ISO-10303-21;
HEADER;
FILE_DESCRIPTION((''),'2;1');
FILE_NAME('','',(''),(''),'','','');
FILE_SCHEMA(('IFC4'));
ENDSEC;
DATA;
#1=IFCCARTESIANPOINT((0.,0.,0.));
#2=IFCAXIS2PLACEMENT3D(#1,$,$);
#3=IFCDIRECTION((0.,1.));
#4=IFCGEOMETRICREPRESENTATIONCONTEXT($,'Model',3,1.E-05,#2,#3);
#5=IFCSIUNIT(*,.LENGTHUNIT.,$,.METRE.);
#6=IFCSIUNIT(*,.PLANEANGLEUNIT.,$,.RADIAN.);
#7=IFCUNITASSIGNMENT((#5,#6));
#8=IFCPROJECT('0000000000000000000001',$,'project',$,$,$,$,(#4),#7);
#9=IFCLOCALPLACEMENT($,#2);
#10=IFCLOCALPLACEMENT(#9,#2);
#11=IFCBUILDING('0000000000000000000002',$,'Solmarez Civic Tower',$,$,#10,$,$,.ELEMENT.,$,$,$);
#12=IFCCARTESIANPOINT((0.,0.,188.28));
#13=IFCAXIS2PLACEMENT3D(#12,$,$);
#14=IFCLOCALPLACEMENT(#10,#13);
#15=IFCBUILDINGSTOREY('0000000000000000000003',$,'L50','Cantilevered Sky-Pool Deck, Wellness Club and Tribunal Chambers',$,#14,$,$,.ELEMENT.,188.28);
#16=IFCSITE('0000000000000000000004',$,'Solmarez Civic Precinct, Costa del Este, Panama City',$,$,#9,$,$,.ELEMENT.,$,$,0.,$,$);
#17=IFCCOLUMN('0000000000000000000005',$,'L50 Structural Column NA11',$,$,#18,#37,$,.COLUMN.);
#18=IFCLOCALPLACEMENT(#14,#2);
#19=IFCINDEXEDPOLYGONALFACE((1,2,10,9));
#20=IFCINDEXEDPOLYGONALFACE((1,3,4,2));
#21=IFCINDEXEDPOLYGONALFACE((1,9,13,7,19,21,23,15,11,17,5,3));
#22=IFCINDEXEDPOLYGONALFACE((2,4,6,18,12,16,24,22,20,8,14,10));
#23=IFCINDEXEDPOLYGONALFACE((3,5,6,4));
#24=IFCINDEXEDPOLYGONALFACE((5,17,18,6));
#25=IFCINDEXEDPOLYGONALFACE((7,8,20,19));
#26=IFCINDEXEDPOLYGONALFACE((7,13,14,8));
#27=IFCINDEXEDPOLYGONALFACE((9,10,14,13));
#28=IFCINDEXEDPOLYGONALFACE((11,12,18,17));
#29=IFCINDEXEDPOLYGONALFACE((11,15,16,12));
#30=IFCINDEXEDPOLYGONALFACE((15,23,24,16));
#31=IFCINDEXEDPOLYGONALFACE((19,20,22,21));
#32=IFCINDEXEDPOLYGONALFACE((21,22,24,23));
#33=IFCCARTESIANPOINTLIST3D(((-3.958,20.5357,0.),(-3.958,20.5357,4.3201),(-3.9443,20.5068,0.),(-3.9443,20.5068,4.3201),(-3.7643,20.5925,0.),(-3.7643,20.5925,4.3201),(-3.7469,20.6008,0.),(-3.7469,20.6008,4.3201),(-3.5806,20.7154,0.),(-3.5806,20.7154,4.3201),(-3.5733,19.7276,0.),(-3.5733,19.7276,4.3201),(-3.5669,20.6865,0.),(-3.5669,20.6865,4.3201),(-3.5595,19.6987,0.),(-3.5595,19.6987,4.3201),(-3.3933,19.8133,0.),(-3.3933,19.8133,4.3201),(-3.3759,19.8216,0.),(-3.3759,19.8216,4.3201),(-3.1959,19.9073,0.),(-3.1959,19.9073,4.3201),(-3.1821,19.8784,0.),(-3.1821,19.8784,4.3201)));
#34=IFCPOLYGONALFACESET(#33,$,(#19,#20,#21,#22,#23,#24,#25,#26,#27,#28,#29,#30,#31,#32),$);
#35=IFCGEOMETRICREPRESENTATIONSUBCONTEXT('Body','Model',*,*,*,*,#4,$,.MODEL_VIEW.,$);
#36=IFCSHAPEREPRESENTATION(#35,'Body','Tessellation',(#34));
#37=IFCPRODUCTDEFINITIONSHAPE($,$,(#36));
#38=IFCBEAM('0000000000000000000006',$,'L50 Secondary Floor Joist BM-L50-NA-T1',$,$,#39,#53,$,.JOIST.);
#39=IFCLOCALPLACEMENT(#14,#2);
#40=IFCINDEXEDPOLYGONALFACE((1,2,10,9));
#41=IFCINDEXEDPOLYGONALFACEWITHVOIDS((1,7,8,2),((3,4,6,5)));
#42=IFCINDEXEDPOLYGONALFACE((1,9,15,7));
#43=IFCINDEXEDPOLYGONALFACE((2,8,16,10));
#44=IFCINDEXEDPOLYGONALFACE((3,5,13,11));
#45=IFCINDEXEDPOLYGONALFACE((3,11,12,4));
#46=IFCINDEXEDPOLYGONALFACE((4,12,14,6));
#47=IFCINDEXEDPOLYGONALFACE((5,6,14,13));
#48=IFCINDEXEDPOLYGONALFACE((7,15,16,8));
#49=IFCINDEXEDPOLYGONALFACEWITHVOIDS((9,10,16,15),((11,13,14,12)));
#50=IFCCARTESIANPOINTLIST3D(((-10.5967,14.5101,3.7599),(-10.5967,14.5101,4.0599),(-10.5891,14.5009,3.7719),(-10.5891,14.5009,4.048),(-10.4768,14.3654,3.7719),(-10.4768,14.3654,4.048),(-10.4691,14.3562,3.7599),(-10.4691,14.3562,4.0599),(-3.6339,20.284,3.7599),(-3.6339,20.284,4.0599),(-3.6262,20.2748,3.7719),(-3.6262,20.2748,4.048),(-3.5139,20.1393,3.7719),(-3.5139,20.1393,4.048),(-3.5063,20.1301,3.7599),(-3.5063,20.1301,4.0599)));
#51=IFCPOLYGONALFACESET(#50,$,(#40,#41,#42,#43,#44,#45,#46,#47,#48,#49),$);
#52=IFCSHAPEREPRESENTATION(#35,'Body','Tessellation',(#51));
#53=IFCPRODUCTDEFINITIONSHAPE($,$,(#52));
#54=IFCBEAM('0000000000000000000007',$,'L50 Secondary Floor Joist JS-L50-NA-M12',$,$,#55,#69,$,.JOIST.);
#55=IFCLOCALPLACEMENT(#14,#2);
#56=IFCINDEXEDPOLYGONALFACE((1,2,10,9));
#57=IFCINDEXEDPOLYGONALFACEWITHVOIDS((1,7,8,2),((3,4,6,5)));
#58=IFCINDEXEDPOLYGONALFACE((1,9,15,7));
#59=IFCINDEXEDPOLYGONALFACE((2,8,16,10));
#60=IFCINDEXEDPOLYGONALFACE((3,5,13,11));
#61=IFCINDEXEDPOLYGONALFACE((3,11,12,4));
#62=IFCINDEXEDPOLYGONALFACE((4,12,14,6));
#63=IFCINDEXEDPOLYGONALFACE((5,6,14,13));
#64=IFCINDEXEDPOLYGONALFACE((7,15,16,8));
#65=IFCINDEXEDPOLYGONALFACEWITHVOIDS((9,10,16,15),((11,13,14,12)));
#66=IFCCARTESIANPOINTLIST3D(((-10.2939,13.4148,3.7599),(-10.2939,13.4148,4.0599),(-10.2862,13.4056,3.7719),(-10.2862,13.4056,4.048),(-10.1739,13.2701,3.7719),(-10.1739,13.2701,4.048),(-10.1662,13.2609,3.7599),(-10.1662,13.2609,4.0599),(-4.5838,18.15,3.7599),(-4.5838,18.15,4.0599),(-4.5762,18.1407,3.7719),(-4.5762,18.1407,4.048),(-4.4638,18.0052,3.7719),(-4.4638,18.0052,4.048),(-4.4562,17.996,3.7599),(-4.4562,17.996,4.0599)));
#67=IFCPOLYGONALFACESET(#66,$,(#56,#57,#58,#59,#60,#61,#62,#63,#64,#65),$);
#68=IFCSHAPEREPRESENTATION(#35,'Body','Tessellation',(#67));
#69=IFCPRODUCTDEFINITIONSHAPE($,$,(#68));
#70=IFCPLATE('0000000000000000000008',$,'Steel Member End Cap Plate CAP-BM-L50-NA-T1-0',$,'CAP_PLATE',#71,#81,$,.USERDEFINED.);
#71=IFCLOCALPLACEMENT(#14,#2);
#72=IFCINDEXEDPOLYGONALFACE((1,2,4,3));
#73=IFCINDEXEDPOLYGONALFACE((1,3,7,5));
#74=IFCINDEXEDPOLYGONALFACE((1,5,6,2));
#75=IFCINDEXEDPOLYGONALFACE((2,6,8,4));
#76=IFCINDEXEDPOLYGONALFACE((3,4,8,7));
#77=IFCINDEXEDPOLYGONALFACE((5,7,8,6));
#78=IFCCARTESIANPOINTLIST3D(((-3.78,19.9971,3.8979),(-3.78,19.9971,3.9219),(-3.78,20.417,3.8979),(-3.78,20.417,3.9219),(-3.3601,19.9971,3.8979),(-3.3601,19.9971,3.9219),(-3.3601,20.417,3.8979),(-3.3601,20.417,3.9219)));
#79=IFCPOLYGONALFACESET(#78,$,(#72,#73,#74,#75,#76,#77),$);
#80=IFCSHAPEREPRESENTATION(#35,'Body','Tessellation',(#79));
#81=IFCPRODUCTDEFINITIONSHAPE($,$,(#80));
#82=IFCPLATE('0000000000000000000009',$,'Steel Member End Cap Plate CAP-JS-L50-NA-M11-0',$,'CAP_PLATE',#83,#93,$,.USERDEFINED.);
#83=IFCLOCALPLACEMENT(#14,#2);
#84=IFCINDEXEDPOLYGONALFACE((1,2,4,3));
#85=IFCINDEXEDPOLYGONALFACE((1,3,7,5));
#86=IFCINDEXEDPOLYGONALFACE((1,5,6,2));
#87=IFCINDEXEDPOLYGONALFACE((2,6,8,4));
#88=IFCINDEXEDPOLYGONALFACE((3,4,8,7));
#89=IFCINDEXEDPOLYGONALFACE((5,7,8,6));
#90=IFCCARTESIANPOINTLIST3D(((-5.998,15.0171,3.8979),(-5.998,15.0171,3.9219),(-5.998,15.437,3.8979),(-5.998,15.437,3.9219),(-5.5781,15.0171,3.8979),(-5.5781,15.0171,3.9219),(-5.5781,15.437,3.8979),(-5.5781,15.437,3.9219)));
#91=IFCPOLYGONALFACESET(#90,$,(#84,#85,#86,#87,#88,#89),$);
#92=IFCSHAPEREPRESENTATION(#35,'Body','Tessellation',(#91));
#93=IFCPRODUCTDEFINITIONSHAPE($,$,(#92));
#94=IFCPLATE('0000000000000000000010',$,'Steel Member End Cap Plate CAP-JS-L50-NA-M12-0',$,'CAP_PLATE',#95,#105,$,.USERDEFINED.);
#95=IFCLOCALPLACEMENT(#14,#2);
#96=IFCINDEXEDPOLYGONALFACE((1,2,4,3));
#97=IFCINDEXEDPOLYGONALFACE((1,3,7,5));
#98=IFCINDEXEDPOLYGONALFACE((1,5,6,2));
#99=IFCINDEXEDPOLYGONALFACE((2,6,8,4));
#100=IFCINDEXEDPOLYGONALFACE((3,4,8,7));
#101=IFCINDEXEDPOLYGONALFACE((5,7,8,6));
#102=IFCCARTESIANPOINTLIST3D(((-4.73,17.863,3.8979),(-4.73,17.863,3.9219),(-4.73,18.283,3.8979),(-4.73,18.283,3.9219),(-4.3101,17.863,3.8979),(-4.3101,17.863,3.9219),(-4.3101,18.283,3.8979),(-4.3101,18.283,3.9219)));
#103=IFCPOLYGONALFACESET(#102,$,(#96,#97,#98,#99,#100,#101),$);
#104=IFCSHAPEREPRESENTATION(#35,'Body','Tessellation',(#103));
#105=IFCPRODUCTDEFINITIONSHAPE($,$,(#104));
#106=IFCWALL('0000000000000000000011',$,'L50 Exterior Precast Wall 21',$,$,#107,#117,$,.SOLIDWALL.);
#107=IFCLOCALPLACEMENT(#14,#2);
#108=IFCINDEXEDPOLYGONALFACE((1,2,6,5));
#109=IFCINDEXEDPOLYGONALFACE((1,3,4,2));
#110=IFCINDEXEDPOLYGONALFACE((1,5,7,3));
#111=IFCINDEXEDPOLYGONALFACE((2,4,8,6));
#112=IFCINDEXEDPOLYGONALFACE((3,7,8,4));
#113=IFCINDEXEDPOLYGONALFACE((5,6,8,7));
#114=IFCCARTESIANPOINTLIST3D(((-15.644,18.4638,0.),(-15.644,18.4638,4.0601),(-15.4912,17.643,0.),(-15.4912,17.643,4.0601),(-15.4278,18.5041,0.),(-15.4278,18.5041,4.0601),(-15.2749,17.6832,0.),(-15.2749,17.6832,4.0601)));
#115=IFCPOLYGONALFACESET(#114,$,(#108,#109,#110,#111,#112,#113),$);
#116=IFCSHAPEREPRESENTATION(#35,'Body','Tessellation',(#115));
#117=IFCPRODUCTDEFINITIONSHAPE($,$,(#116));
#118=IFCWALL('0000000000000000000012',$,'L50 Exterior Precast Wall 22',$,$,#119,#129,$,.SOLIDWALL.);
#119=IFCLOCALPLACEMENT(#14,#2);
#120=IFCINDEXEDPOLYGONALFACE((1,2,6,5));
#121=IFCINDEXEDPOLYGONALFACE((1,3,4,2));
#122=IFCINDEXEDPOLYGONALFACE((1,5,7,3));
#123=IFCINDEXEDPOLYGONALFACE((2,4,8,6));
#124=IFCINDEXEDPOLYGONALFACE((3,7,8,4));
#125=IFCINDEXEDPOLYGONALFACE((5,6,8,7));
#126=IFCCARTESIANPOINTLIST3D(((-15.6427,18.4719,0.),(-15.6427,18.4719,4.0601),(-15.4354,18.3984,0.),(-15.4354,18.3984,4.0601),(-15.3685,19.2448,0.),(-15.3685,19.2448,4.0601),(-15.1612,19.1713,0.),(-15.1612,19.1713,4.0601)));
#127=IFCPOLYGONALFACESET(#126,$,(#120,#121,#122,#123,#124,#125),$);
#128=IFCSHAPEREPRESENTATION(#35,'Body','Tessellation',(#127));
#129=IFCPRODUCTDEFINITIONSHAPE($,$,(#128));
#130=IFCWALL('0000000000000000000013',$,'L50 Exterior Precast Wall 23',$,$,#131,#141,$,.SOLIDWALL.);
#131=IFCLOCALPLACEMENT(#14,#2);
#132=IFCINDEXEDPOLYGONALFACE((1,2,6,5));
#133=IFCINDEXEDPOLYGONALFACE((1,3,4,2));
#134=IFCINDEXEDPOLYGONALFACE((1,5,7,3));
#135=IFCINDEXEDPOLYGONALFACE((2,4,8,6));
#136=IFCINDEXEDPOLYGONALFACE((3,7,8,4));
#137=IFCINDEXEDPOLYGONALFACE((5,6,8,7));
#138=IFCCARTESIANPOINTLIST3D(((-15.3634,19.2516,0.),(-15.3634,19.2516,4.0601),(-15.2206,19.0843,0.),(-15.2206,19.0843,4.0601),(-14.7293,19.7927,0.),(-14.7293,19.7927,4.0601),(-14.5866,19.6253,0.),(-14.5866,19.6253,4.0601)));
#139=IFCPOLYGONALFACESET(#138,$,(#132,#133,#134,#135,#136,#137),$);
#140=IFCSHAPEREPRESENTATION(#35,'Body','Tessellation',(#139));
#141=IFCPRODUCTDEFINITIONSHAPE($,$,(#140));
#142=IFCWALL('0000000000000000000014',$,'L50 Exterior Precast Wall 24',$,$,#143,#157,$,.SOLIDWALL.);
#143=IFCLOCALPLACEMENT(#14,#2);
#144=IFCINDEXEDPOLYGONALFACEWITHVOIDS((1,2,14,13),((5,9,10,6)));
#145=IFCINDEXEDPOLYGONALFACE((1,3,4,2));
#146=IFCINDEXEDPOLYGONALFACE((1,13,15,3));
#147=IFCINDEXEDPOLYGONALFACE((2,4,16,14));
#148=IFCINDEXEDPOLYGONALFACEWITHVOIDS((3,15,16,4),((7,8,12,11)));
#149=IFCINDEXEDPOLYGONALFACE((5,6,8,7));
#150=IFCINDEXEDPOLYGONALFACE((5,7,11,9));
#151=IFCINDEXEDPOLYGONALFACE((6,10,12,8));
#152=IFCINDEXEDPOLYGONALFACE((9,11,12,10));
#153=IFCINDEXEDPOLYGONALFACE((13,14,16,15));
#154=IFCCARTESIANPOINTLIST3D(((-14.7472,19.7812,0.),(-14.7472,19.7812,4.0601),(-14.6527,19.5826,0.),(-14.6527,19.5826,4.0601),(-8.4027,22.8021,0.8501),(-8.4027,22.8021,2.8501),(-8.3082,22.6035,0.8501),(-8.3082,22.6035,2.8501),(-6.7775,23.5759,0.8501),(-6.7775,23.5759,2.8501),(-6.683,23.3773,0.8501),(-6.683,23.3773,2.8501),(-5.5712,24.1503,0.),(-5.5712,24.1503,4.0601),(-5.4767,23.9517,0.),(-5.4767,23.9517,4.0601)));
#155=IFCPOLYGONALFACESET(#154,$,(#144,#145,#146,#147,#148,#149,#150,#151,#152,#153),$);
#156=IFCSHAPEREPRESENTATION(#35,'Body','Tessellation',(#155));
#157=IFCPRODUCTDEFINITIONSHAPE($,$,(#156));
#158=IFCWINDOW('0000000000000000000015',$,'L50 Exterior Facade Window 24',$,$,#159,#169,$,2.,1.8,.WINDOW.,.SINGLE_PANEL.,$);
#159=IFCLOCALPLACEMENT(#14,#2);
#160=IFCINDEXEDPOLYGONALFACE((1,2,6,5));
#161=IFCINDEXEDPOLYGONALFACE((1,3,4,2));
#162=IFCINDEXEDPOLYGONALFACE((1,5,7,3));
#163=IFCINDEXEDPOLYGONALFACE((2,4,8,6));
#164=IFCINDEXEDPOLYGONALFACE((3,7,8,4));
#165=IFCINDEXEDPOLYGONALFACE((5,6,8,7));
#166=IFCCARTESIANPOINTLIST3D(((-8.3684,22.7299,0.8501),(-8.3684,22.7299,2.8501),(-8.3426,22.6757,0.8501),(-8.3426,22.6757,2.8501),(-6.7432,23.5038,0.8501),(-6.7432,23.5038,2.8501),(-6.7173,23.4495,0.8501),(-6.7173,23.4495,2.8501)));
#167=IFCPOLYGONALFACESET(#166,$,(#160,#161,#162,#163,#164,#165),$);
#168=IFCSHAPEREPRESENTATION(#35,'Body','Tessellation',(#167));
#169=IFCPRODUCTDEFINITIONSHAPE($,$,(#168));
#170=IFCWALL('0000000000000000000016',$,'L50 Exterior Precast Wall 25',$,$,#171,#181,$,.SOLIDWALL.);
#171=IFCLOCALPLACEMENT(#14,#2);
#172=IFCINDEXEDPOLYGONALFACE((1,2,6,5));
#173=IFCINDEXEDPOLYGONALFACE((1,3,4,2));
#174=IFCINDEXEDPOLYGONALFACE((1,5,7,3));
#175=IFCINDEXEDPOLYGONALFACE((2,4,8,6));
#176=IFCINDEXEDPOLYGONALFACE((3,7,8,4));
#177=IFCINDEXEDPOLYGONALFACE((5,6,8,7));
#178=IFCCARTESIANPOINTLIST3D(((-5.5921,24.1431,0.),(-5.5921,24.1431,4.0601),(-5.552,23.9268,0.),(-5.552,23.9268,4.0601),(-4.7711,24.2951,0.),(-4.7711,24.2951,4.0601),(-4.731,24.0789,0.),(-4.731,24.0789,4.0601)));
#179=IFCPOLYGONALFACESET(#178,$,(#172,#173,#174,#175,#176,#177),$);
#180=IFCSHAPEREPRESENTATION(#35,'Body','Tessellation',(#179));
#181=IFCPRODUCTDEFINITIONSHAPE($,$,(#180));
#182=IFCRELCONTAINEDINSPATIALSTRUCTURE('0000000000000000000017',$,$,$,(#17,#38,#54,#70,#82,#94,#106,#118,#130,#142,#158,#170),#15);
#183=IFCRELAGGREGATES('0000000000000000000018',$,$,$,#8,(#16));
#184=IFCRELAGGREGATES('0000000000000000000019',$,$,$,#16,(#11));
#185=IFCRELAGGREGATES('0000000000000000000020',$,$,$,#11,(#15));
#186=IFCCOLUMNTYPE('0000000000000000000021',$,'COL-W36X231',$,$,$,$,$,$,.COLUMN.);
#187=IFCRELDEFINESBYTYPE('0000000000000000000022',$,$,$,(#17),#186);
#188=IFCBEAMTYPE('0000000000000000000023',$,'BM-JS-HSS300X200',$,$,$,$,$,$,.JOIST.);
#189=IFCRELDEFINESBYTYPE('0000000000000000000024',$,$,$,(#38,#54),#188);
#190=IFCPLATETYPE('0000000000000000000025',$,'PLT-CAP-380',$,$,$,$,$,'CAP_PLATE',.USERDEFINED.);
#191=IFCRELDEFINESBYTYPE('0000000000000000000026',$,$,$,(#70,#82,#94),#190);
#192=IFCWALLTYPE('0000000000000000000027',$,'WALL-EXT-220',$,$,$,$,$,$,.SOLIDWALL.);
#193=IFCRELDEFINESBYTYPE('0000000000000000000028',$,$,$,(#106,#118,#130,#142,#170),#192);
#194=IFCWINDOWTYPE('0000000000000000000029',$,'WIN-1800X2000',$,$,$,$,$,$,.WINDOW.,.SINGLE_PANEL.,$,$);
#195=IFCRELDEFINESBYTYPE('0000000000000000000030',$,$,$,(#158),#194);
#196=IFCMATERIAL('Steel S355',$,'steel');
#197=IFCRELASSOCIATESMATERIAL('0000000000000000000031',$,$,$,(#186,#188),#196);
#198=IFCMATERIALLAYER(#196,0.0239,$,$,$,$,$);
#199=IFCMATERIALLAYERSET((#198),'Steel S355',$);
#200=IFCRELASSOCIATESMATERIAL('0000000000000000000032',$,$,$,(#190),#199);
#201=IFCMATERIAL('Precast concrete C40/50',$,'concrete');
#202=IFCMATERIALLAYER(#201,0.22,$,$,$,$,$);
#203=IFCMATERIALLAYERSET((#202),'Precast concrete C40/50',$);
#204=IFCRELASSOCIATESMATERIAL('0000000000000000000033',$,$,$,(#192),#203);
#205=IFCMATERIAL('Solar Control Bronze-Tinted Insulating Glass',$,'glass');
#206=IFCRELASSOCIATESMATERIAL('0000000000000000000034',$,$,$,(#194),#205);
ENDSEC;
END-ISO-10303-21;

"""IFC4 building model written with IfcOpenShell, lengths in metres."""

from ifc_helpers import new_model, si_unit, direction, frame, frame_2d, origin, origin_2d, place, context, subcontext, project, spatial, rectangle, hollow_rectangle, i_section, extrude, material, layer, layer_set, material_profile, profile_set, type_object, element, fill, save


model = new_model("IFC4")

# Units and contexts
model_context = context("Model", 3, precision=1e-05, world=origin(), true_north=direction((0.0, 1.0)))
body_context = subcontext(model_context, "Body", "Model", "MODEL_VIEW")
ifc_project = project(units=[si_unit("LENGTHUNIT", "METRE"), si_unit("PLANEANGLEUNIT", "RADIAN")], contexts=[model_context])

# Site, building, storey
site_placement = place(None, origin())
site = spatial("IfcSite", under=ifc_project, at=site_placement, Name="Solmarez Civic Precinct, Costa del Este, Panama City", CompositionType="ELEMENT", RefElevation=0.0)
building_placement = place(site_placement, origin())
building = spatial("IfcBuilding", under=site, at=building_placement, Name="Solmarez Civic Tower", CompositionType="ELEMENT")
storey_placement = place(building_placement, frame((0.0, 0.0, 188.28)))
storey = spatial("IfcBuildingStorey", under=building, at=storey_placement, Name="L50", Description="Cantilevered Sky-Pool Deck, Wellness Club and Tribunal Chambers", CompositionType="ELEMENT", Elevation=188.28)

# Column
ifc_material_1 = material(Name="Steel S355", Category="steel")
ifc_material_profile_1 = material_profile(ifc_material_1, i_section(OverallWidth=0.418, OverallDepth=0.927, WebThickness=0.0193, FlangeThickness=0.032, at=origin_2d()), Name="W36X231")
ifc_profile_set_1 = profile_set([ifc_material_profile_1], Name="Steel S355")
column_type = type_object("IfcColumnType", Name="COL-W36X231", PredefinedType="COLUMN", material=ifc_profile_set_1)
column_placement = place(storey_placement, frame((-3.5701, 20.207, 0.0), z_axis=(0.0, 0.0, 1.0), x_axis=(0.902886, 0.429881, 0.0)))
element("IfcColumn", 1, at=column_placement, inside=storey, type_object=column_type, Name="L50 Structural Column NA11", PredefinedType="COLUMN", context=body_context, shape_type="SweptSolid", body=[
    extrude(i_section(OverallWidth=0.418, OverallDepth=0.927, WebThickness=0.0193, FlangeThickness=0.032, at=origin_2d()), origin(), (0.0, 0.0, 1.0), 4.3201),
])

# Beams
ifc_material_profile_2 = material_profile(ifc_material_1, hollow_rectangle(XDim=0.2, YDim=0.3, WallThickness=0.012, at=origin_2d()), Name="HSS300X200X12")
ifc_profile_set_2 = profile_set([ifc_material_profile_2], Name="Steel S355")
beam_type = type_object("IfcBeamType", Name="BM-JS-HSS300X200", PredefinedType="JOIST", material=ifc_profile_set_2)
beam_1_placement = place(storey_placement, frame((-3.5701, 20.207, 3.9099), z_axis=(-0.769768, -0.638324, 0.0), x_axis=(0.638324, -0.769768, 0.0)))
element("IfcBeam", 2, at=beam_1_placement, inside=storey, type_object=beam_type, Name="L50 Secondary Floor Joist BM-L50-NA-T1", PredefinedType="JOIST", context=body_context, shape_type="SweptSolid", body=[
    extrude(hollow_rectangle(XDim=0.2, YDim=0.3, WallThickness=0.012, at=origin_2d()), origin(), (0.0, 0.0, 1.0), 9.0454),
])
beam_2_placement = place(storey_placement, frame((-4.52, 18.073, 3.9099), z_axis=(-0.769757, -0.638337, 0.0), x_axis=(0.638337, -0.769757, 0.0)))
element("IfcBeam", 3, at=beam_2_placement, inside=storey, type_object=beam_type, Name="L50 Secondary Floor Joist JS-L50-NA-M12", PredefinedType="JOIST", context=body_context, shape_type="SweptSolid", body=[
    extrude(hollow_rectangle(XDim=0.2, YDim=0.3, WallThickness=0.012, at=origin_2d()), origin(), (0.0, 0.0, 1.0), 7.418),
])

# Plates
ifc_layer_1 = layer(ifc_material_1, 0.0239)
ifc_layer_set_1 = layer_set([ifc_layer_1], Name="Steel S355")
plate_type = type_object("IfcPlateType", Name="PLT-CAP-380", ElementType="CAP_PLATE", PredefinedType="USERDEFINED", material=ifc_layer_set_1)
for number, where, z_axis, x_axis, name in (
    (4, (-3.5701, 20.207, 3.8979), (0.0, 0.0, 1.0), (1.0, 0.0, 0.0), "Steel Member End Cap Plate CAP-BM-L50-NA-T1-0"),
    (5, (-5.7881, 15.2271, 3.8979), (0.0, 0.0, 1.0), (1.0, 0.0, 0.0), "Steel Member End Cap Plate CAP-JS-L50-NA-M11-0"),
    (6, (-4.52, 18.073, 3.8979), (0.0, 0.0, 1.0), (1.0, 0.0, 0.0), "Steel Member End Cap Plate CAP-JS-L50-NA-M12-0"),
):
    element("IfcPlate", number, at=place(storey_placement, frame(where, z_axis=z_axis, x_axis=x_axis)), inside=storey, type_object=plate_type, Name=name, ObjectType="CAP_PLATE", PredefinedType="USERDEFINED", context=body_context, shape_type="SweptSolid", body=[
        extrude(rectangle(XDim=0.4199, YDim=0.4199, at=origin_2d()), origin(), (0.0, 0.0, 1.0), 0.0239),
    ])

# Walls
ifc_material_2 = material(Name="Precast concrete C40/50", Category="concrete")
ifc_layer_2 = layer(ifc_material_2, 0.22)
ifc_layer_set_2 = layer_set([ifc_layer_2], Name="Precast concrete C40/50")
wall_type_1 = type_object("IfcWallType", Name="WALL-EXT-220", PredefinedType="SOLIDWALL", material=ifc_layer_set_2)
wall_1_placement = place(storey_placement, frame((-15.3831, 17.6631, 0.0), z_axis=(0.0, 0.0, 1.0), x_axis=(-0.183053, 0.983103, 0.0)))
element("IfcWall", 7, at=wall_1_placement, inside=storey, type_object=wall_type_1, Name="L50 Exterior Precast Wall 21", PredefinedType="SOLIDWALL", context=body_context, shape_type="SweptSolid", body=[
    extrude(rectangle(XDim=0.835, YDim=0.22, at=frame_2d((0.4175, 0.0))), origin(), (0.0, 0.0, 1.0), 4.0601),
])
wall_2_placement = place(storey_placement, frame((-15.5391, 18.4351, 0.0), z_axis=(0.0, 0.0, 1.0), x_axis=(0.334299, 0.942467, 0.0)))
element("IfcWall", 8, at=wall_2_placement, inside=storey, type_object=wall_type_1, Name="L50 Exterior Precast Wall 22", PredefinedType="SOLIDWALL", context=body_context, shape_type="SweptSolid", body=[
    extrude(rectangle(XDim=0.8201, YDim=0.22, at=frame_2d((0.4102, 0.0))), origin(), (0.0, 0.0, 1.0), 4.0601),
])
wall_3_placement = place(storey_placement, frame((-15.292, 19.168, 0.0), z_axis=(0.0, 0.0, 1.0), x_axis=(0.760702, 0.649101, 0.0)))
element("IfcWall", 9, at=wall_3_placement, inside=storey, type_object=wall_type_1, Name="L50 Exterior Precast Wall 23", PredefinedType="SOLIDWALL", context=body_context, shape_type="SweptSolid", body=[
    extrude(rectangle(XDim=0.8335, YDim=0.22, at=frame_2d((0.4167, 0.0))), origin(), (0.0, 0.0, 1.0), 4.0601),
])

# Wall, opening, window
wall_4_placement = place(storey_placement, frame((-14.7, 19.6819, 0.0), z_axis=(0.0, 0.0, 1.0), x_axis=(0.902876, 0.429902, 0.0)))
wall_4 = element("IfcWall", 10, at=wall_4_placement, inside=storey, type_object=wall_type_1, Name="L50 Exterior Precast Wall 24", PredefinedType="SOLIDWALL", context=body_context, shape_type="SweptSolid", body=[
    extrude(rectangle(XDim=10.1631, YDim=0.22, at=frame_2d((5.0815, 0.0))), origin(), (0.0, 0.0, 1.0), 4.0601),
])
opening_1_placement = place(wall_4_placement, frame((7.0271, 0.0, 0.8501)))
opening_1 = element("IfcOpeningElement", 11, at=opening_1_placement, cuts=wall_4, PredefinedType="OPENING", context=body_context, shape_type="SweptSolid", body=[
    extrude(rectangle(XDim=1.8, YDim=2.0, at=frame_2d((0.8999, 1.0))), frame((0.0, 0.1199, 0.0), z_axis=(0.0, -1.0, 0.0), x_axis=(1.0, 0.0, 0.0)), (0.0, 0.0, 1.0), 0.24),
])
ifc_material_3 = material(Name="Solar Control Bronze-Tinted Insulating Glass", Category="glass")
window_type_1 = type_object("IfcWindowType", Name="WIN-1800X2000", PartitioningType="SINGLE_PANEL", PredefinedType="WINDOW", material=ifc_material_3)
window_1_placement = place(opening_1_placement, origin())
window_1 = element("IfcWindow", 12, at=window_1_placement, inside=storey, type_object=window_type_1, Name="L50 Exterior Facade Window 24", OverallHeight=2.0, OverallWidth=1.8, PartitioningType="SINGLE_PANEL", PredefinedType="WINDOW", context=body_context, shape_type="SweptSolid", body=[
    extrude(rectangle(XDim=1.8, YDim=2.0, at=frame_2d((0.8999, 1.0))), frame((0.0, 0.03, 0.0), z_axis=(0.0, -1.0, 0.0), x_axis=(1.0, 0.0, 0.0)), (0.0, 0.0, 1.0), 0.0601),
])
fill(opening_1, window_1)

# Wall
wall_5_placement = place(storey_placement, frame((-5.572, 24.0349, 0.0), z_axis=(0.0, 0.0, 1.0), x_axis=(0.98327, 0.182152, 0.0)))
element("IfcWall", 13, at=wall_5_placement, inside=storey, type_object=wall_type_1, Name="L50 Exterior Precast Wall 25", PredefinedType="SOLIDWALL", context=body_context, shape_type="SweptSolid", body=[
    extrude(rectangle(XDim=0.835, YDim=0.22, at=frame_2d((0.4175, 0.0))), origin(), (0.0, 0.0, 1.0), 4.0601),
])

save(model, "model.ifc")
